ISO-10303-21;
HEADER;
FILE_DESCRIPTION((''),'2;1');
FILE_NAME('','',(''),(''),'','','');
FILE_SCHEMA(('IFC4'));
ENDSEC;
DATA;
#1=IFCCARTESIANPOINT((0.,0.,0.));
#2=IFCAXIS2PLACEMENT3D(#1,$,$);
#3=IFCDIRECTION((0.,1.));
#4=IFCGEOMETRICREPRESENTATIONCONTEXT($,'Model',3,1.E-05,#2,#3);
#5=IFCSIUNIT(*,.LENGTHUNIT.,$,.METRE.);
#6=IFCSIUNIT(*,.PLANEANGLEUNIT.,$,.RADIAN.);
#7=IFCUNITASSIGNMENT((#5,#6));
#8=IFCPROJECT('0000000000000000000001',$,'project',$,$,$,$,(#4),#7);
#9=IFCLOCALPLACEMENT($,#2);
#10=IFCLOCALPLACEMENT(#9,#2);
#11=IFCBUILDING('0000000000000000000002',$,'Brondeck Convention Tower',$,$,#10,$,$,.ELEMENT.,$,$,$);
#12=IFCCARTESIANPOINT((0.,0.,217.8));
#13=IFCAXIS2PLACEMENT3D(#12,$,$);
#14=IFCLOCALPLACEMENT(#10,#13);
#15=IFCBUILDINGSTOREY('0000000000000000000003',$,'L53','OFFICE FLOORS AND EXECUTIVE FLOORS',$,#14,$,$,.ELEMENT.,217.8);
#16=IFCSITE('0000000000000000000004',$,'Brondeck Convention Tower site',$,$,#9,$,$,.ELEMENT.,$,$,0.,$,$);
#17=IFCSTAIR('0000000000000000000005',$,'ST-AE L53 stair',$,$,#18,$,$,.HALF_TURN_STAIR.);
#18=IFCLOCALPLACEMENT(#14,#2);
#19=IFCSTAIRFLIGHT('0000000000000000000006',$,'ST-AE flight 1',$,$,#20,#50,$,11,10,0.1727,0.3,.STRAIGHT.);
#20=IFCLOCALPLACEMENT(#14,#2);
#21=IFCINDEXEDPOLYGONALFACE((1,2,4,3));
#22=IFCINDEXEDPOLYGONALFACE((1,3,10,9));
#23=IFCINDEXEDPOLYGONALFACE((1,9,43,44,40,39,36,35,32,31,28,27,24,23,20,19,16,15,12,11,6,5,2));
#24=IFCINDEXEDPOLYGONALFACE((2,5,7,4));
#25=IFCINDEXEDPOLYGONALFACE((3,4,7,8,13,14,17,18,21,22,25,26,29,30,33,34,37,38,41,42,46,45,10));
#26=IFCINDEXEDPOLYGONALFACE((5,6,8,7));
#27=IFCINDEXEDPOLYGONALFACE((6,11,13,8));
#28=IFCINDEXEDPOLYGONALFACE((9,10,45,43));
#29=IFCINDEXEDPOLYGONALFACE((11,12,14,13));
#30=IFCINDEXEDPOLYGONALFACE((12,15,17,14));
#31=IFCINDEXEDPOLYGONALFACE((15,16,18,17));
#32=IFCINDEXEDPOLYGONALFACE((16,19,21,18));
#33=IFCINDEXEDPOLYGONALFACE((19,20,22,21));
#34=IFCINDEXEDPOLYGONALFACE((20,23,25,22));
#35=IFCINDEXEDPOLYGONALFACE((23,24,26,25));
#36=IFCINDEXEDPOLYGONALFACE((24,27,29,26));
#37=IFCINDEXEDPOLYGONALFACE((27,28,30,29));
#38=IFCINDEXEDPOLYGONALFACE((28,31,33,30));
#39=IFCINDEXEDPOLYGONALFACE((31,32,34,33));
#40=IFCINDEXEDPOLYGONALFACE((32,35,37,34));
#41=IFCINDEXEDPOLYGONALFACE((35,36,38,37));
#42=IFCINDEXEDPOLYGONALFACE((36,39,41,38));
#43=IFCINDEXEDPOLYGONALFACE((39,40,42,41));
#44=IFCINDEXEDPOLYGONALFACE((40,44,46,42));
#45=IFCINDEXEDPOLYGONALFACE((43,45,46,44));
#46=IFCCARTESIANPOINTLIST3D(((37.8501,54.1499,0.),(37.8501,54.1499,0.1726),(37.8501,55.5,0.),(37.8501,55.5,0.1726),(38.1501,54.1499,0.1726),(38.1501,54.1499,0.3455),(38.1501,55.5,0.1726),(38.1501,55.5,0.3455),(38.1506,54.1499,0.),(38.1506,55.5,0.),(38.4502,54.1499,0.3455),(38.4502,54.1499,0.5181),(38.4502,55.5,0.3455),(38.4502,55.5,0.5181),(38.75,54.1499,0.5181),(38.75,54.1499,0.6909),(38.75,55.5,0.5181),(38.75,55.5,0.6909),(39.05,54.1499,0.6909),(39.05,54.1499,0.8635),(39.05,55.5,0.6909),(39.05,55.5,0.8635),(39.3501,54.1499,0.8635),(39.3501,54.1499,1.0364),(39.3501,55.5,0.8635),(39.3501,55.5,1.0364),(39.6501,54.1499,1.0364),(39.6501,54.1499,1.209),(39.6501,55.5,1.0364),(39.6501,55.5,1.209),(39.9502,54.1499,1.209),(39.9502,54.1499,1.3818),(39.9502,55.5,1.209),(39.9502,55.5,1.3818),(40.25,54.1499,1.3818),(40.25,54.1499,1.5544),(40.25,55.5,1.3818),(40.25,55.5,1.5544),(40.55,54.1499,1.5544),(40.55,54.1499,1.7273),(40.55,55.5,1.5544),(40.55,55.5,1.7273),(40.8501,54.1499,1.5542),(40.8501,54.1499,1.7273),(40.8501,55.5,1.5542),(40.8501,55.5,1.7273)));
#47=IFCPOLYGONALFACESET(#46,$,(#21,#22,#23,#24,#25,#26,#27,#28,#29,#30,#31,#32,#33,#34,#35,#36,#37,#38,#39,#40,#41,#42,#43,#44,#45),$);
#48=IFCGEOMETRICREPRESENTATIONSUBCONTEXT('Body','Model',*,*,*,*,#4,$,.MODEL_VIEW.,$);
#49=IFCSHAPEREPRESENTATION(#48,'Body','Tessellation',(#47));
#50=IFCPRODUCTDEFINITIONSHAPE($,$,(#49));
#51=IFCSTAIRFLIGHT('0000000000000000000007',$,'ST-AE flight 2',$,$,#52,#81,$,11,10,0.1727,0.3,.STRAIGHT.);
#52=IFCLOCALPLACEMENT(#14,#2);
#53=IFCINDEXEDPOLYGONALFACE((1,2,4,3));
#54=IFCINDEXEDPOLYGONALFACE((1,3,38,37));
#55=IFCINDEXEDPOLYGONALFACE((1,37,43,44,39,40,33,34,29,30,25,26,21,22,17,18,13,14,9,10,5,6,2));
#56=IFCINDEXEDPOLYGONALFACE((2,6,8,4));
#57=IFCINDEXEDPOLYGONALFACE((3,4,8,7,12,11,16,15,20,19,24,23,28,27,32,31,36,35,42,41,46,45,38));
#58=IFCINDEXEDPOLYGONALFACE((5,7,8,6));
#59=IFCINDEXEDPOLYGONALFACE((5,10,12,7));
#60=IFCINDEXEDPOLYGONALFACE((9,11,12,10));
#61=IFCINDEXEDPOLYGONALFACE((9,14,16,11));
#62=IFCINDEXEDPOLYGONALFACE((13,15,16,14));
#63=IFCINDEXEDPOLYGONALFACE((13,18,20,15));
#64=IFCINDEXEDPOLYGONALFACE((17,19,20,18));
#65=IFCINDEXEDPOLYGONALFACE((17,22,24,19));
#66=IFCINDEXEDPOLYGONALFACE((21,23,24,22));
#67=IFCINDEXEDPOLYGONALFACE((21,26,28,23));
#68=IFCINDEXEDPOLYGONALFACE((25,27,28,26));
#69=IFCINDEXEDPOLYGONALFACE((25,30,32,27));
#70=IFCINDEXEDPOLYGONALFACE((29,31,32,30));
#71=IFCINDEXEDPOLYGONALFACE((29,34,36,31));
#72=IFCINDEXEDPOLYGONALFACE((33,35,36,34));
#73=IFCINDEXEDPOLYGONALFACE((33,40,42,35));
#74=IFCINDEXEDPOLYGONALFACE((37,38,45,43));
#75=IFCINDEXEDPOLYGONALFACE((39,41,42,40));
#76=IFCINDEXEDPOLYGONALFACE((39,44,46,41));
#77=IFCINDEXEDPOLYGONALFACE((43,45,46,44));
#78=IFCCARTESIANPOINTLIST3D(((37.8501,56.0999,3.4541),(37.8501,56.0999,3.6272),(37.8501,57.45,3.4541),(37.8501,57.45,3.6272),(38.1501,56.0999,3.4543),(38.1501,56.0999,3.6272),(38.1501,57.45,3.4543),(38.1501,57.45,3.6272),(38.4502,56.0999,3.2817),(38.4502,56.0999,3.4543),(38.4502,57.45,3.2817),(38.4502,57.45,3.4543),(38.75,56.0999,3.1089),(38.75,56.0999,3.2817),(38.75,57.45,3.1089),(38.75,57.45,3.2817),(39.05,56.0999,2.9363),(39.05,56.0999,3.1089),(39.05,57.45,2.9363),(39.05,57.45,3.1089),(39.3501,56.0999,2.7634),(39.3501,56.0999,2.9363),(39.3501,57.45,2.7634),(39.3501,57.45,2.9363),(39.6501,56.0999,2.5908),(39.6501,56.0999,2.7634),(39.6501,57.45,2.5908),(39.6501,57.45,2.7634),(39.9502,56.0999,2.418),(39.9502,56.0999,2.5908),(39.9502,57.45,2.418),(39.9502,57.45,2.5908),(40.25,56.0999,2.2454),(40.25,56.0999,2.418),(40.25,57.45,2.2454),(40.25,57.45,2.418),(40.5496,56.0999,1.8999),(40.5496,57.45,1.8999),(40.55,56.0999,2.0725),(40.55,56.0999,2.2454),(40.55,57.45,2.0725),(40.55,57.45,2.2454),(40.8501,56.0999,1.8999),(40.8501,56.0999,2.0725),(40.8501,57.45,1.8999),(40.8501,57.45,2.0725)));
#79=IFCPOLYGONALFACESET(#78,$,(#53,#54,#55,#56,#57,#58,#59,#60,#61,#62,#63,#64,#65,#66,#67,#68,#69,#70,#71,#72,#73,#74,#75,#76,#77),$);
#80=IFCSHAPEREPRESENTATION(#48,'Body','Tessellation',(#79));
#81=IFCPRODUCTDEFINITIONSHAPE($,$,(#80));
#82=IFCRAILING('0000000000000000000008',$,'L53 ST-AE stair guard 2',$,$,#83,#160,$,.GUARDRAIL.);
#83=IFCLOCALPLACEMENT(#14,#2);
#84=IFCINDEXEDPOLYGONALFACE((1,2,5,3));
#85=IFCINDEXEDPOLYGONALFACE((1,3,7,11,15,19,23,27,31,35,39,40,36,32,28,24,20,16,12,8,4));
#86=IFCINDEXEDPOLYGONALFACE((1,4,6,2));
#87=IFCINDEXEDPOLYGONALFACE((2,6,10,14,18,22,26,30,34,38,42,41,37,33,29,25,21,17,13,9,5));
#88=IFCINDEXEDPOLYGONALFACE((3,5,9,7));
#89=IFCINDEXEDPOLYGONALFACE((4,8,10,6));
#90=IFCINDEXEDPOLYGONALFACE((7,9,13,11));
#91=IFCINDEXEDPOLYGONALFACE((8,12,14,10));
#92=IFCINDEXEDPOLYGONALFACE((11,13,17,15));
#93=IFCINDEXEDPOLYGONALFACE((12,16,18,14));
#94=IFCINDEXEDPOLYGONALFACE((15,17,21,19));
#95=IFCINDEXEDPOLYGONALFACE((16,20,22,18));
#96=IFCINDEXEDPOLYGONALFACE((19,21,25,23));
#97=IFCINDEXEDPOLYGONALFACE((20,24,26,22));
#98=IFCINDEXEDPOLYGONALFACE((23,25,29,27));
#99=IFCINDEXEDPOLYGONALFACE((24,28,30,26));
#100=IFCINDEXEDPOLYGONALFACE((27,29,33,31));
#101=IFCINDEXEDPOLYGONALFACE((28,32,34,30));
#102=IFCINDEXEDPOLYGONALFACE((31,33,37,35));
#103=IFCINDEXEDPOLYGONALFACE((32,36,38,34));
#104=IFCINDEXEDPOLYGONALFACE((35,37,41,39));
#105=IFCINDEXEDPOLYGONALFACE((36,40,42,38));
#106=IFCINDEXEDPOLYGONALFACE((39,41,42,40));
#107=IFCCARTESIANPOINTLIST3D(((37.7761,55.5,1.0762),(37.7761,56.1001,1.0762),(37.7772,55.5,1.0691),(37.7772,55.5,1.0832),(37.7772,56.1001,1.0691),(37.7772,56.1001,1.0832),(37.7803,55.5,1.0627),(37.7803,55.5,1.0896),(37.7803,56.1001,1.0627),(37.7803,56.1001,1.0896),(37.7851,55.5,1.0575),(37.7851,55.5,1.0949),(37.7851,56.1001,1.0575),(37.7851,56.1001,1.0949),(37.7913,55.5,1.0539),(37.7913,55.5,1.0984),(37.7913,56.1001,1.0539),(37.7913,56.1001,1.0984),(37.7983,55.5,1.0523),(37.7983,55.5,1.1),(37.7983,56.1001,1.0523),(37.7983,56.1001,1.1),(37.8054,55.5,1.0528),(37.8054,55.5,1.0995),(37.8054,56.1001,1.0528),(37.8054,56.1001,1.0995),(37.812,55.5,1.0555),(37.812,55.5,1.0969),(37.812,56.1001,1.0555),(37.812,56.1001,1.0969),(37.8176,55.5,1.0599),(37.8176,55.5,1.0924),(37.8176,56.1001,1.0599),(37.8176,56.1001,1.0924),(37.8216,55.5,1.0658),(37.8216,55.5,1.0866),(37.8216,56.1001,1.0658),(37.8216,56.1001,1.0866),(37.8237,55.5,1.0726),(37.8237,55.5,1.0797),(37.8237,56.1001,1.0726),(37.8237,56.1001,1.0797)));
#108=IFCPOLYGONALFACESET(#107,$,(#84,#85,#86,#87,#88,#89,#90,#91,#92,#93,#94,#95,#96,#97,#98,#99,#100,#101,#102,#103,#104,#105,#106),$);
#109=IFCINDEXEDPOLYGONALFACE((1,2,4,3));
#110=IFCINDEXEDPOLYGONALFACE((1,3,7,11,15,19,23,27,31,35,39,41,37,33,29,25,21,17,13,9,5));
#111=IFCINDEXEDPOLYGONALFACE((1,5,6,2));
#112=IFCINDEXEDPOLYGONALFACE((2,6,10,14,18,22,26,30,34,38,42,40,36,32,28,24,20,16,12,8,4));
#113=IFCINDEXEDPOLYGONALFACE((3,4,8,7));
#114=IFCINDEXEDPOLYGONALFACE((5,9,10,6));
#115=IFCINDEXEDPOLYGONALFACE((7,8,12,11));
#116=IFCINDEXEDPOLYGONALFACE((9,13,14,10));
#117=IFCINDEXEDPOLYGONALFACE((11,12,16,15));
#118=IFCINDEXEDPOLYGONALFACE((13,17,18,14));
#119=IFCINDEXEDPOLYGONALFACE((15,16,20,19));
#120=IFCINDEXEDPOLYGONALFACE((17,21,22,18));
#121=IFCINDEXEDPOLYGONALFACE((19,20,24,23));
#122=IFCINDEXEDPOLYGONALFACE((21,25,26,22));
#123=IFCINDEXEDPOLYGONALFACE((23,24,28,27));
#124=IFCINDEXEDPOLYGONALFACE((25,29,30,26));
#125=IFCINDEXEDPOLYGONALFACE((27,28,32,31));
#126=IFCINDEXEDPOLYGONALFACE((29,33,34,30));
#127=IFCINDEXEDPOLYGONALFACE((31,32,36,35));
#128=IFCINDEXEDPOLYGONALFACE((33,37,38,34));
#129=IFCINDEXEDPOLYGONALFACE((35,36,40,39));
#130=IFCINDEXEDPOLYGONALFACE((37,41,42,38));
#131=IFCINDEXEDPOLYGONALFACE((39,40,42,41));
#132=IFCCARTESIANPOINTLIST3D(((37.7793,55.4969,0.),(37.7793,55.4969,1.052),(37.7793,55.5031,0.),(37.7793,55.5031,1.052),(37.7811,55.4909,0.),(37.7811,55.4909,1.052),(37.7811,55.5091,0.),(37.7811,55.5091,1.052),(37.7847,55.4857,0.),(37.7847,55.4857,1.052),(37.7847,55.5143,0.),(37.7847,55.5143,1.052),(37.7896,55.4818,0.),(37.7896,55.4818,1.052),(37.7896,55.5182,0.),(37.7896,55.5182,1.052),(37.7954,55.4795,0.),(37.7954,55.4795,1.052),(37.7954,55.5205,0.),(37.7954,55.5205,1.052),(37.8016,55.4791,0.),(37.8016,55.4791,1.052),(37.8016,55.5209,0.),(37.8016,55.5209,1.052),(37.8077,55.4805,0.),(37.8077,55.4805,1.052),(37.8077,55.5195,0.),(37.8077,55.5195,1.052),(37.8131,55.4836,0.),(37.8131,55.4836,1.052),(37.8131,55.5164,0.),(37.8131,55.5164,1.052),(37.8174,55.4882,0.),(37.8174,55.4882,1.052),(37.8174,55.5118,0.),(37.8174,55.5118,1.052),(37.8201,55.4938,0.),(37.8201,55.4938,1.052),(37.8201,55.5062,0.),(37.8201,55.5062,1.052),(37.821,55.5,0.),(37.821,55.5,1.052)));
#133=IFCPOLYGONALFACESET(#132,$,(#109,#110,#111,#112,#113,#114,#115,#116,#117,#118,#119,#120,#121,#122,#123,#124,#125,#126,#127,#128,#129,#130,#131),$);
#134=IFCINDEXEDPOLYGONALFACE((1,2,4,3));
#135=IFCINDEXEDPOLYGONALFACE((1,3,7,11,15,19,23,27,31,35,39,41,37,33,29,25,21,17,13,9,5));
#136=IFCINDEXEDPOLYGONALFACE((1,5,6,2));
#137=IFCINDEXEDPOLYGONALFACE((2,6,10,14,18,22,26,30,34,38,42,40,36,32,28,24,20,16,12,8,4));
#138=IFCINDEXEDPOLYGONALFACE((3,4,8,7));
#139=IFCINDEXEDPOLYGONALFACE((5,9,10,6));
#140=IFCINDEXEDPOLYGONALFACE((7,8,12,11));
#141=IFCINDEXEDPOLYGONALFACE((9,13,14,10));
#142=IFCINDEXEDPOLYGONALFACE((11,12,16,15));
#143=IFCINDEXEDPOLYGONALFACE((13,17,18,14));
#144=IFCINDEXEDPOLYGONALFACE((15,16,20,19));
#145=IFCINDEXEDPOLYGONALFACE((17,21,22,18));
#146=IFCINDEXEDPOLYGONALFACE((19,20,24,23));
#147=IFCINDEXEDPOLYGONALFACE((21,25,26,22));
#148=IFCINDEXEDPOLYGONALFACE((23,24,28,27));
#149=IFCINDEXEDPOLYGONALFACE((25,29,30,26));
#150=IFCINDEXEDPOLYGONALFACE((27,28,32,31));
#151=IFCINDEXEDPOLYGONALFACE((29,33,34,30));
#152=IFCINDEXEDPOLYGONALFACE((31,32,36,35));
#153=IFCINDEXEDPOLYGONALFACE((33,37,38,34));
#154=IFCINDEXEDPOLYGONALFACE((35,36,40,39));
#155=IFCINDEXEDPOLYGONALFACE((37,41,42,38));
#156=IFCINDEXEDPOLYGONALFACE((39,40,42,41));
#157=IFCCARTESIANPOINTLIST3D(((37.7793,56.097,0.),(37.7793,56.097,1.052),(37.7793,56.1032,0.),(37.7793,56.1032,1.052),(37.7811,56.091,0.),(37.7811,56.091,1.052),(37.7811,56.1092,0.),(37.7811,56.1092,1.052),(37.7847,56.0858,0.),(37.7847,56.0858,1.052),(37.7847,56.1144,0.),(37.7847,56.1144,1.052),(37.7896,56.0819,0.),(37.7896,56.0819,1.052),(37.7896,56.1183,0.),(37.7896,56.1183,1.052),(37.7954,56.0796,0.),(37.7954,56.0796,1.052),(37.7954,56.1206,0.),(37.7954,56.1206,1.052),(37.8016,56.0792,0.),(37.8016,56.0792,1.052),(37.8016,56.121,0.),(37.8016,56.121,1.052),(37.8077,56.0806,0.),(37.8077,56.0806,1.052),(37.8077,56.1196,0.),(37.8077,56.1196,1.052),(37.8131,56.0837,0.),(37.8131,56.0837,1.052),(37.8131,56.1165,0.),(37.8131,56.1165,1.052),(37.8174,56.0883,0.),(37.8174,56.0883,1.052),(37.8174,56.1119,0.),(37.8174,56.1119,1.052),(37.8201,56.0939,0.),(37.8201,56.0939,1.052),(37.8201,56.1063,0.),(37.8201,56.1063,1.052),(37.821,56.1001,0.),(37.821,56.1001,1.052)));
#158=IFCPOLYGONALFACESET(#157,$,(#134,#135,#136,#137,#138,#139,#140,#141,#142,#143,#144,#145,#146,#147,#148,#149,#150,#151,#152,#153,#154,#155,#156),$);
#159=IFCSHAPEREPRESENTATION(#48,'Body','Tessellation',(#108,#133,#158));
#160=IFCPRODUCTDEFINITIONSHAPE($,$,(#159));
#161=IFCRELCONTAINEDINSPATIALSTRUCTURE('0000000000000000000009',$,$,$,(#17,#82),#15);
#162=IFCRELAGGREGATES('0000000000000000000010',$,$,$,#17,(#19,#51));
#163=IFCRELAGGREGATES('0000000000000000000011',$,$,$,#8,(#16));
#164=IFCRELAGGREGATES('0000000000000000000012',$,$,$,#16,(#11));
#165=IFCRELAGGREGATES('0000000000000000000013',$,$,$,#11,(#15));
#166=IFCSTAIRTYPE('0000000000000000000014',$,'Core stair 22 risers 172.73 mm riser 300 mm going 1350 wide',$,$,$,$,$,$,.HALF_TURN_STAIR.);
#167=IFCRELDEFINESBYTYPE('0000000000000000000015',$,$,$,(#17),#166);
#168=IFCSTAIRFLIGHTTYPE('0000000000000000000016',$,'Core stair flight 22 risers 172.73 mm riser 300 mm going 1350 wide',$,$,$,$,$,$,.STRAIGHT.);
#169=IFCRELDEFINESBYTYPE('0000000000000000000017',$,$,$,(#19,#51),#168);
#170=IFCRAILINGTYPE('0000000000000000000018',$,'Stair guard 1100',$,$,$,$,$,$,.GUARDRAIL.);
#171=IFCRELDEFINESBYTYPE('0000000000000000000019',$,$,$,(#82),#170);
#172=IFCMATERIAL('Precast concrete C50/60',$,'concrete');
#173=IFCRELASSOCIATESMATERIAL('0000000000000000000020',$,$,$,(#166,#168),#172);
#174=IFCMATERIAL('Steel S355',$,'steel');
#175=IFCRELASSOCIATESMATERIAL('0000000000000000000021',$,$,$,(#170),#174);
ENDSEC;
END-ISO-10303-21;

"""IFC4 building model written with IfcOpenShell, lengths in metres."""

from ifc_helpers import new_model, si_unit, direction, frame, origin, origin_2d, place, context, subcontext, project, spatial, polyline, circle, outline, extrude, material, type_object, element, aggregate, save


model = new_model("IFC4")

# Units and contexts
model_context = context("Model", 3, precision=1e-05, world=origin(), true_north=direction((0.0, 1.0)))
body_context = subcontext(model_context, "Body", "Model", "MODEL_VIEW")
ifc_project = project(units=[si_unit("LENGTHUNIT", "METRE"), si_unit("PLANEANGLEUNIT", "RADIAN")], contexts=[model_context])

# Site, building, storey
site_placement = place(None, origin())
site = spatial("IfcSite", under=ifc_project, at=site_placement, Name="Brondeck Convention Tower site", CompositionType="ELEMENT", RefElevation=0.0)
building_placement = place(site_placement, origin())
building = spatial("IfcBuilding", under=site, at=building_placement, Name="Brondeck Convention Tower", CompositionType="ELEMENT")
storey_placement = place(building_placement, frame((0.0, 0.0, 217.8)))
storey = spatial("IfcBuildingStorey", under=building, at=storey_placement, Name="L53", Description="OFFICE FLOORS AND EXECUTIVE FLOORS", CompositionType="ELEMENT", Elevation=217.8)

# Shared definitions
ifc_material_1 = material(Name="Steel S355", Category="steel")

# Stair, stair flights
ifc_material_2 = material(Name="Precast concrete C50/60", Category="concrete")
stair_type = type_object("IfcStairType", Name="Core stair 22 risers 172.73 mm riser 300 mm going 1350 wide", PredefinedType="HALF_TURN_STAIR", material=ifc_material_2)
stair_placement = place(storey_placement, origin())
stair = element("IfcStair", 1, at=stair_placement, inside=storey, type_object=stair_type, Name="ST-AE L53 stair", PredefinedType="HALF_TURN_STAIR")
stair_flight_type = type_object("IfcStairFlightType", Name="Core stair flight 22 risers 172.73 mm riser 300 mm going 1350 wide", PredefinedType="STRAIGHT", material=ifc_material_2)
stair_flight_1_placement = place(storey_placement, frame((37.8501, 54.825, 0.0), z_axis=(0.0, 0.0, 1.0), x_axis=(1.0, 0.0, 0.0)))
stair_flight_1 = element("IfcStairFlight", 2, at=stair_flight_1_placement, type_object=stair_flight_type, Name="ST-AE flight 1", NumberOfRisers=11, NumberOfTreads=10, PredefinedType="STRAIGHT", RiserHeight=0.1727, TreadLength=0.3, context=body_context, shape_type="SweptSolid", body=[
    extrude(outline(polyline([(0.0, 0.0), (0.0, 0.1726), (0.3, 0.1726), (0.3, 0.3455), (0.6001, 0.3455), (0.6001, 0.5181), (0.8999, 0.5181), (0.8999, 0.6909), (1.2, 0.6909), (1.2, 0.8635), (1.5, 0.8635), (1.5, 1.0364), (1.8, 1.0364), (1.8, 1.209), (2.1001, 1.209), (2.1001, 1.3818), (2.3999, 1.3818), (2.3999, 1.5544), (2.7, 1.5544), (2.7, 1.7273), (3.0, 1.7273), (3.0, 1.8999), (3.0, 1.5542), (0.3005, 0.0), (0.0, 0.0)])), frame((0.0, 0.675, 0.0), z_axis=(0.0, -1.0, 0.0), x_axis=(1.0, 0.0, 0.0)), (0.0, 0.0, 1.0), 1.3501),
])
stair_flight_2_placement = place(storey_placement, frame((40.8501, 56.7749, 1.8999), z_axis=(0.0, 0.0, 1.0), x_axis=(-1.0, 0.0, 0.0)))
stair_flight_2 = element("IfcStairFlight", 3, at=stair_flight_2_placement, type_object=stair_flight_type, Name="ST-AE flight 2", NumberOfRisers=11, NumberOfTreads=10, PredefinedType="STRAIGHT", RiserHeight=0.1727, TreadLength=0.3, context=body_context, shape_type="SweptSolid", body=[
    extrude(outline(polyline([(0.0, 0.0), (0.0, 0.1726), (0.3, 0.1726), (0.3, 0.3455), (0.6001, 0.3455), (0.6001, 0.5181), (0.8999, 0.5181), (0.8999, 0.6909), (1.2, 0.6909), (1.2, 0.8635), (1.5, 0.8635), (1.5, 1.0364), (1.8, 1.0364), (1.8, 1.209), (2.1001, 1.209), (2.1001, 1.3818), (2.3999, 1.3818), (2.3999, 1.5544), (2.7, 1.5544), (2.7, 1.7273), (3.0, 1.7273), (3.0, 1.8999), (3.0, 1.5542), (0.3005, 0.0), (0.0, 0.0)])), frame((0.0, 0.675, 0.0), z_axis=(0.0, -1.0, 0.0), x_axis=(1.0, 0.0, 0.0)), (0.0, 0.0, 1.0), 1.3501),
])
aggregate(stair, [stair_flight_1, stair_flight_2])

# Railing
railing_type_1 = type_object("IfcRailingType", Name="Stair guard 1100", PredefinedType="GUARDRAIL", material=ifc_material_1)
railing_1_placement = place(storey_placement, frame((37.8, 55.5, 0.0)))
element("IfcRailing", 4, at=railing_1_placement, inside=storey, type_object=railing_type_1, Name="L53 ST-AE stair guard 2", PredefinedType="GUARDRAIL", context=body_context, shape_type="SweptSolid", body=[
    extrude(circle(Radius=0.0239, at=origin_2d()), frame((0.0, 0.0, 1.0762), z_axis=(0.0, 1.0, 0.0), x_axis=(-1.0, 0.0, 0.0)), (0.0, 0.0, 1.0), 0.6001),
    extrude(circle(Radius=0.021, at=origin_2d()), origin(), (0.0, 0.0, 1.0), 1.052),
    extrude(circle(Radius=0.021, at=origin_2d()), frame((0.0, 0.6001, 0.0)), (0.0, 0.0, 1.0), 1.052),
])

save(model, "model.ifc")
